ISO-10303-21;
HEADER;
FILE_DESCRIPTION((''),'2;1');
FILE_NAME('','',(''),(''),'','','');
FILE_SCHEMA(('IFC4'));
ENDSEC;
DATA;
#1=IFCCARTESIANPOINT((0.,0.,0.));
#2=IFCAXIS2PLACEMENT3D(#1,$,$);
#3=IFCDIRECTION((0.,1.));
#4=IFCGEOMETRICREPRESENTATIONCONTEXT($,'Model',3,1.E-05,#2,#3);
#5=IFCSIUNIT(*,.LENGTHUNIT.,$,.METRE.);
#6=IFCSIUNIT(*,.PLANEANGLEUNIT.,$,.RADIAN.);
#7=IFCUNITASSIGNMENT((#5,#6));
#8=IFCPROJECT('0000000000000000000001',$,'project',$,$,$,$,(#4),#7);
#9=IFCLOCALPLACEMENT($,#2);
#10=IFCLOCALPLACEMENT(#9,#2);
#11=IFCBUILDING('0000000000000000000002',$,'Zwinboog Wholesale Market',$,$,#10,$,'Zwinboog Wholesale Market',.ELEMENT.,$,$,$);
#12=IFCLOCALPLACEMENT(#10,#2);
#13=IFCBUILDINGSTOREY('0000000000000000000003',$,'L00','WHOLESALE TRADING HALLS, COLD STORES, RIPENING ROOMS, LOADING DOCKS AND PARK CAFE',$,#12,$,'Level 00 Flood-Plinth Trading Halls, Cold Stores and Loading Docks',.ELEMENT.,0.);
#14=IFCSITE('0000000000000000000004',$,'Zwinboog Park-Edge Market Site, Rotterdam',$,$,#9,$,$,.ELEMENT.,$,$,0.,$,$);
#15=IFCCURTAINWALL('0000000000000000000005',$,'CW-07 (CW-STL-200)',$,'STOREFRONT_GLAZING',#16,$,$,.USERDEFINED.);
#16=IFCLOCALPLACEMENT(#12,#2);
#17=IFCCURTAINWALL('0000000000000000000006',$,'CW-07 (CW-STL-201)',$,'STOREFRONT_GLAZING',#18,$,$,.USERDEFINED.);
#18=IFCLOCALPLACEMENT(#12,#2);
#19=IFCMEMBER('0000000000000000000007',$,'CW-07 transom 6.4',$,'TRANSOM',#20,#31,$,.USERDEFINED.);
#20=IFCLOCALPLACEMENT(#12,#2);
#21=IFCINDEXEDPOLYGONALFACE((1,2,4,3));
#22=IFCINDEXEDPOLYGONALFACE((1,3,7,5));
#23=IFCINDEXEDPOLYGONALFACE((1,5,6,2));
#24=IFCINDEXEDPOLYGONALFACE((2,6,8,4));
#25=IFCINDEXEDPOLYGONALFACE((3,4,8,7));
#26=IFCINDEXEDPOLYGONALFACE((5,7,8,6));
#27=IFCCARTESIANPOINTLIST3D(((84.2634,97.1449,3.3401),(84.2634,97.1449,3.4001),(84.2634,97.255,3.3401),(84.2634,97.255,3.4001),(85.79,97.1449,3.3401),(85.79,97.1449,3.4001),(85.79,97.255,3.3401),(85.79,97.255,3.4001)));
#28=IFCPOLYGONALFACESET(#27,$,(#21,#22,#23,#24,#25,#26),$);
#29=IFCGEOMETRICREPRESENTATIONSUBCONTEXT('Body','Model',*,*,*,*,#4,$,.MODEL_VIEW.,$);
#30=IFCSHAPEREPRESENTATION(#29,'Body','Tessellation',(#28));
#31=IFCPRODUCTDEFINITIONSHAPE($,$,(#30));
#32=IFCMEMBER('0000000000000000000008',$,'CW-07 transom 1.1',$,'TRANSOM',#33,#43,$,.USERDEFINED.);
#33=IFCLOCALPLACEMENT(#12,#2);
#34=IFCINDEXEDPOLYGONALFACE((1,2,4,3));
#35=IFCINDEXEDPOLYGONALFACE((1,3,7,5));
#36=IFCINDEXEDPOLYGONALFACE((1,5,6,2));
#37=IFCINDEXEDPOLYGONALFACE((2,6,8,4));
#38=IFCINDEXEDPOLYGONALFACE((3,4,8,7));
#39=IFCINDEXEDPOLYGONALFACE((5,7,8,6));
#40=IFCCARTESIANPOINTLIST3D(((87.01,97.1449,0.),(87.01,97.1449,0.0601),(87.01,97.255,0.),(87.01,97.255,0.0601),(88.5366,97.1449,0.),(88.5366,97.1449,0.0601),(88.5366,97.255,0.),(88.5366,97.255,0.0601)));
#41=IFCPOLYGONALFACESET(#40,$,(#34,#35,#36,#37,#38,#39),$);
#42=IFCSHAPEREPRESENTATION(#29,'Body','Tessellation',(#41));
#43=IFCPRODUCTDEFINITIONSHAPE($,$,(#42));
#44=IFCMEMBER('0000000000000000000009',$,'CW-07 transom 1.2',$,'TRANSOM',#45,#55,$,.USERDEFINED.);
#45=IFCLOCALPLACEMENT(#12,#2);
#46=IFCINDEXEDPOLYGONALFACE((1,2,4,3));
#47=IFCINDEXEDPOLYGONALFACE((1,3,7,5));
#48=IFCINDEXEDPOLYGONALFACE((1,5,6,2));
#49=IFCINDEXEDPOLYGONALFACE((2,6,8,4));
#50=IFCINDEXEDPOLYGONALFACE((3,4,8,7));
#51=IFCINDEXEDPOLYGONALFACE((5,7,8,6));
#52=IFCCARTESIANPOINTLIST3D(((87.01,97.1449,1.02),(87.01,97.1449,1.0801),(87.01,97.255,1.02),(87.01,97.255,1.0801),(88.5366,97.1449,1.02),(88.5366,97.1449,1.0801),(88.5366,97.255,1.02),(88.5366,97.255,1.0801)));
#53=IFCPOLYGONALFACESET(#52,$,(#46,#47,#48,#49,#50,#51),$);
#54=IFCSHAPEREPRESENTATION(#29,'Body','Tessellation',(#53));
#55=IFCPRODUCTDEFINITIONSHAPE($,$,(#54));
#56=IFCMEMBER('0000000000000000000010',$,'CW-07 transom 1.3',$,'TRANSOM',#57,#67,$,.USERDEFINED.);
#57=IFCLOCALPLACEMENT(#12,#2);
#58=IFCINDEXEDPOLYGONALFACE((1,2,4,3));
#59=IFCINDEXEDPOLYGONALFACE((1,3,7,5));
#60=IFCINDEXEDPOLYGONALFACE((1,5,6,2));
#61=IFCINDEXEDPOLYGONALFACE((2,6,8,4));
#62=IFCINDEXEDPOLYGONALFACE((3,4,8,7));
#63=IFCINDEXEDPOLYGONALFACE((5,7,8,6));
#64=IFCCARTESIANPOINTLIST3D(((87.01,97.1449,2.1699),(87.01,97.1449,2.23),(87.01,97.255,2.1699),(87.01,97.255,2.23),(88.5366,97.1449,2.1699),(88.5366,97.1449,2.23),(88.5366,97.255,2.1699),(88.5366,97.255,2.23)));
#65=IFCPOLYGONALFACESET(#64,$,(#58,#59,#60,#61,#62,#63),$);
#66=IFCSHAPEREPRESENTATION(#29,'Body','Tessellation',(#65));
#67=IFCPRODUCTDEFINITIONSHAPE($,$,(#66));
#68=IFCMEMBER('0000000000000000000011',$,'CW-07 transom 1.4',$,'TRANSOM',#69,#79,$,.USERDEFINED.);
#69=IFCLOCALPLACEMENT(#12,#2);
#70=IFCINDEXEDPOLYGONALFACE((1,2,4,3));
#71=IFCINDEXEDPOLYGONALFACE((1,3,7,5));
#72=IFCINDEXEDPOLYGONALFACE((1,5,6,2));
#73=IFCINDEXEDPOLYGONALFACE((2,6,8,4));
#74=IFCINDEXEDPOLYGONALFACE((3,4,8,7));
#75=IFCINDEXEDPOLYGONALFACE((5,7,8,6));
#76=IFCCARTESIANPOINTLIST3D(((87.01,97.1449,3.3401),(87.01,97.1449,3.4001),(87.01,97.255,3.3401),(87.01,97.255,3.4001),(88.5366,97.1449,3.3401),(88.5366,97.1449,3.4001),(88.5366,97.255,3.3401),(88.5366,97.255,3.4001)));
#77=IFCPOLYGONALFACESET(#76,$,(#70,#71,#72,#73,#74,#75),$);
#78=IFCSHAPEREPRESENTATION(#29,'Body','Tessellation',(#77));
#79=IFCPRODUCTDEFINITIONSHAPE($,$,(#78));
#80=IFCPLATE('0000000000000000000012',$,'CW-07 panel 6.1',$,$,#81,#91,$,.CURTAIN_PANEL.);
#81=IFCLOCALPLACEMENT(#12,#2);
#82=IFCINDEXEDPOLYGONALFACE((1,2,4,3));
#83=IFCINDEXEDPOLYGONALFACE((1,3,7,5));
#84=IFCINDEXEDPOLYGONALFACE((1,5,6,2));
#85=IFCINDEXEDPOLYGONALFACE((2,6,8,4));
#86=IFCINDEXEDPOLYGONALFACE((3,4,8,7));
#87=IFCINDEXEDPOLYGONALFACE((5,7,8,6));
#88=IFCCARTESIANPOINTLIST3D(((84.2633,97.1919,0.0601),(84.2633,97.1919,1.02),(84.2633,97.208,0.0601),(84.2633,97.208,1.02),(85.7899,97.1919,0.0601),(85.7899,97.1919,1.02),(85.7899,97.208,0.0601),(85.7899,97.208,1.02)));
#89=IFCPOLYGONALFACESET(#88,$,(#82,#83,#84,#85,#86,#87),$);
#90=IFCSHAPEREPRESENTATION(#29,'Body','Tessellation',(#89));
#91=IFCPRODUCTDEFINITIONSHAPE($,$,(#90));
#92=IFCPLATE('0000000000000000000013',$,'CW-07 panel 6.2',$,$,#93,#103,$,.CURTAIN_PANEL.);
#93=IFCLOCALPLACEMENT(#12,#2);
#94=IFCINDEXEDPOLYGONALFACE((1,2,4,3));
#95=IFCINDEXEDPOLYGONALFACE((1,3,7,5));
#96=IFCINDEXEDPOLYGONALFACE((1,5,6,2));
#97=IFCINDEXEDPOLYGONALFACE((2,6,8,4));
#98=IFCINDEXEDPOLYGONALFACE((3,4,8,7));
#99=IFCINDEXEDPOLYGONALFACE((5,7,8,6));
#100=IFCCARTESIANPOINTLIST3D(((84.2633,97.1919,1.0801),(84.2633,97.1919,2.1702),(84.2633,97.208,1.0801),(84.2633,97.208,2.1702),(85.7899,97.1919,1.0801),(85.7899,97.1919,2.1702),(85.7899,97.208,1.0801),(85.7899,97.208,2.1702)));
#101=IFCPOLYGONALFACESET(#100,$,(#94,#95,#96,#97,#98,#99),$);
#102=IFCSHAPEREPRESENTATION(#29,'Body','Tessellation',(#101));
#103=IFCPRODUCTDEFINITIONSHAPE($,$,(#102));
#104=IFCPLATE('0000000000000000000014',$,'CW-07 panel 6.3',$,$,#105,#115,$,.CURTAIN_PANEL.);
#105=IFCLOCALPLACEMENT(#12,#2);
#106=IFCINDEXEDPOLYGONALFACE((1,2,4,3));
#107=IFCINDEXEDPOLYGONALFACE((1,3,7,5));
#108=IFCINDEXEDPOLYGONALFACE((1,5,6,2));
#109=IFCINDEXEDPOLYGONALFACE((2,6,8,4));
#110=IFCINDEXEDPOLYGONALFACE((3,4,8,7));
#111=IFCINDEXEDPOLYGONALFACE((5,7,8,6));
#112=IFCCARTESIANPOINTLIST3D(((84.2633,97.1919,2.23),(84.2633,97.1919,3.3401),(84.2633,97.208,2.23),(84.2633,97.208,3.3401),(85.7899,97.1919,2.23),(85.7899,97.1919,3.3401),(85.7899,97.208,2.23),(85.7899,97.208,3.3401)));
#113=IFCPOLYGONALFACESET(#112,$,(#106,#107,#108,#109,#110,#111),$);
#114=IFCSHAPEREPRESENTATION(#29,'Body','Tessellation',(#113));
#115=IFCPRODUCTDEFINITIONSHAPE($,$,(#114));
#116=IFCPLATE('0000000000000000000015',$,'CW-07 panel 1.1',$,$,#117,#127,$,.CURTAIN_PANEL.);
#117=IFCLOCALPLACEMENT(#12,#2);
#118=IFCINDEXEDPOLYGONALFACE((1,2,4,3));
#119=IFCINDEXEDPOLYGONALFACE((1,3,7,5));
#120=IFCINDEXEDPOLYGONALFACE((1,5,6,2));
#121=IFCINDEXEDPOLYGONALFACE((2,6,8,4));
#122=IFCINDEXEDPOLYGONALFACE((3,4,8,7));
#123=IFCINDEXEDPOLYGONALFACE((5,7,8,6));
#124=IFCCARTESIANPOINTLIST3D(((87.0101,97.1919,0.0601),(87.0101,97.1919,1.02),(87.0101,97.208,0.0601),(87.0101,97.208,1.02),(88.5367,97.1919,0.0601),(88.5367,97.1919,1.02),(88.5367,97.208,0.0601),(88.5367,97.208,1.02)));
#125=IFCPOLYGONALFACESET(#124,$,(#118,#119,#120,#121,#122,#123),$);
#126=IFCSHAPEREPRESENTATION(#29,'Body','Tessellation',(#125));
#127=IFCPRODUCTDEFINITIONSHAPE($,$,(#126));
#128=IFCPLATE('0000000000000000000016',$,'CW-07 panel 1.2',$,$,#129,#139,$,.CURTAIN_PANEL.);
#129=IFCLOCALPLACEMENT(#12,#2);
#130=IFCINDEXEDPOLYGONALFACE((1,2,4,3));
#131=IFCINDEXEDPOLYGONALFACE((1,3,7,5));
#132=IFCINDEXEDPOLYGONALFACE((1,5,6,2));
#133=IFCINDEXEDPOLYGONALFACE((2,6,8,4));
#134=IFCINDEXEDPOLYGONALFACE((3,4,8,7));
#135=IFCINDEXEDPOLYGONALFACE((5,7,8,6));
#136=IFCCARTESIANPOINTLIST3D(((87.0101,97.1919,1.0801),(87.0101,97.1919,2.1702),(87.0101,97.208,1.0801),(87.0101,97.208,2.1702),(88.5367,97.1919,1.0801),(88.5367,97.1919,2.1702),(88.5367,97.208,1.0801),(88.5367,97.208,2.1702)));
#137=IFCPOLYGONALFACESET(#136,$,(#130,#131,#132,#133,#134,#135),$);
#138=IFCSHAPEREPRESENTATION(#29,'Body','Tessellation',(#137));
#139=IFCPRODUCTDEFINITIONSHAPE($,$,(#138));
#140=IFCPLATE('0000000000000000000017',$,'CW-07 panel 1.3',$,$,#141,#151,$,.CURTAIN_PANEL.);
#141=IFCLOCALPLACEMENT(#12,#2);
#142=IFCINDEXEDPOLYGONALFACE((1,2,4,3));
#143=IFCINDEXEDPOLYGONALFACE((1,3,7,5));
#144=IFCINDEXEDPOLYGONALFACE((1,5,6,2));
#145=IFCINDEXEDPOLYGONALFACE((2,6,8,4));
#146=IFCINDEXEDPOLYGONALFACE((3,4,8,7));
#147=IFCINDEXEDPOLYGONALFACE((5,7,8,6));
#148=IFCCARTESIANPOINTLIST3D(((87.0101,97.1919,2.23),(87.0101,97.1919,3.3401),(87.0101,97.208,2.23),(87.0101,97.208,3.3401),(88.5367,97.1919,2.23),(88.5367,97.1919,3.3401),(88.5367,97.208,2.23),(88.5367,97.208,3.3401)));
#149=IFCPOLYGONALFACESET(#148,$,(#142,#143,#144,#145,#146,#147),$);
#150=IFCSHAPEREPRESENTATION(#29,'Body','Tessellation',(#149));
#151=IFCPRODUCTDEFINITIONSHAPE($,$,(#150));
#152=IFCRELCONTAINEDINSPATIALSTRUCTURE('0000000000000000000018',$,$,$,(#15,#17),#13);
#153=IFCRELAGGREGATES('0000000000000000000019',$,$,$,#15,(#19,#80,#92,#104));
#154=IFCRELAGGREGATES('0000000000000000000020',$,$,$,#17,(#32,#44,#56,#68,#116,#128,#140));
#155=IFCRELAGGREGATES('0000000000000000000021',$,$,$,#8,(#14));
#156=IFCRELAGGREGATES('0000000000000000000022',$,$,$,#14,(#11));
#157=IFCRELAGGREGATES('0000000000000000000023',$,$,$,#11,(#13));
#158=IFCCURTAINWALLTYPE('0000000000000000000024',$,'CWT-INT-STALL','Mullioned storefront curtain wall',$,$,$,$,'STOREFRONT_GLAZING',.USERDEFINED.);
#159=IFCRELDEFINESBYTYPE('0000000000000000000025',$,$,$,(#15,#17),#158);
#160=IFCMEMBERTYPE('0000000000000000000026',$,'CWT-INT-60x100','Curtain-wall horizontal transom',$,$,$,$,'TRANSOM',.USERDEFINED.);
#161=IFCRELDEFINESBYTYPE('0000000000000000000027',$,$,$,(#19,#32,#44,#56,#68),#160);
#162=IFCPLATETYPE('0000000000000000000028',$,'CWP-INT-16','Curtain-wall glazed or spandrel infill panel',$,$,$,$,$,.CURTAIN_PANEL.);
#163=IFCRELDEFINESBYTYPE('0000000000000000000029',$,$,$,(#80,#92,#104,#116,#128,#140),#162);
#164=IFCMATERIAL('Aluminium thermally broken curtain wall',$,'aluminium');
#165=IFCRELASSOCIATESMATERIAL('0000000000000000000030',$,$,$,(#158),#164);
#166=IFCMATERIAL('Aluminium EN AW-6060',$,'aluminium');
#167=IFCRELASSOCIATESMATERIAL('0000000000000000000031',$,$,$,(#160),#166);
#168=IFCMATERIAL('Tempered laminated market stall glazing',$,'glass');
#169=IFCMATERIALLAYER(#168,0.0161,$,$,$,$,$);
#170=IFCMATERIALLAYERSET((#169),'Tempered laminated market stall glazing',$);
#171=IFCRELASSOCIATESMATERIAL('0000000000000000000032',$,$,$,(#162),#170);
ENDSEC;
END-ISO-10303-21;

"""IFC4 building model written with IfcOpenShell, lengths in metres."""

from ifc_helpers import new_model, si_unit, direction, frame, origin, origin_2d, place, context, subcontext, project, spatial, rectangle, extrude, material, layer, layer_set, material_profile, profile_set, type_object, element, aggregate, save


model = new_model("IFC4")

# Units and contexts
model_context = context("Model", 3, precision=1e-05, world=origin(), true_north=direction((0.0, 1.0)))
body_context = subcontext(model_context, "Body", "Model", "MODEL_VIEW")
ifc_project = project(units=[si_unit("LENGTHUNIT", "METRE"), si_unit("PLANEANGLEUNIT", "RADIAN")], contexts=[model_context])

# Site, building, storey
site_placement = place(None, origin())
site = spatial("IfcSite", under=ifc_project, at=site_placement, Name="Zwinboog Park-Edge Market Site, Rotterdam", CompositionType="ELEMENT", RefElevation=0.0)
building_placement = place(site_placement, origin())
building = spatial("IfcBuilding", under=site, at=building_placement, Name="Zwinboog Wholesale Market", LongName="Zwinboog Wholesale Market", CompositionType="ELEMENT")
storey_placement = place(building_placement, origin())
storey = spatial("IfcBuildingStorey", under=building, at=storey_placement, Name="L00", Description="WHOLESALE TRADING HALLS, COLD STORES, RIPENING ROOMS, LOADING DOCKS AND PARK CAFE", LongName="Level 00 Flood-Plinth Trading Halls, Cold Stores and Loading Docks", CompositionType="ELEMENT", Elevation=0.0)

# Curtain walls
ifc_material_1 = material(Name="Aluminium thermally broken curtain wall", Category="aluminium")
curtain_wall_type = type_object("IfcCurtainWallType", Name="CWT-INT-STALL", Description="Mullioned storefront curtain wall", ElementType="STOREFRONT_GLAZING", PredefinedType="USERDEFINED", material=ifc_material_1)
curtain_wall_1_placement = place(storey_placement, origin())
curtain_wall_1 = element("IfcCurtainWall", 1, at=curtain_wall_1_placement, inside=storey, type_object=curtain_wall_type, Name="CW-07 (CW-STL-200)", ObjectType="STOREFRONT_GLAZING", PredefinedType="USERDEFINED")
ifc_material_2 = material(Name="Aluminium EN AW-6060", Category="aluminium")
curtain_wall_2_placement = place(storey_placement, origin())
curtain_wall_2 = element("IfcCurtainWall", 2, at=curtain_wall_2_placement, inside=storey, type_object=curtain_wall_type, Name="CW-07 (CW-STL-201)", ObjectType="STOREFRONT_GLAZING", PredefinedType="USERDEFINED")

# Members
ifc_material_profile_1 = material_profile(ifc_material_2, rectangle(XDim=0.1101, YDim=0.0601, at=origin_2d()), Name="AL 60x110")
ifc_profile_set_1 = profile_set([ifc_material_profile_1], Name="Aluminium EN AW-6060")
member_type_1 = type_object("IfcMemberType", Name="CWT-INT-60x100", Description="Curtain-wall horizontal transom", ElementType="TRANSOM", PredefinedType="USERDEFINED", material=ifc_profile_set_1)
member_1_placement = place(storey_placement, frame((84.2634, 97.2, 3.3701), z_axis=(1.0, 0.0, 0.0), x_axis=(0.0, 1.0, 0.0)))
member_1 = element("IfcMember", 3, at=member_1_placement, type_object=member_type_1, Name="CW-07 transom 6.4", ObjectType="TRANSOM", PredefinedType="USERDEFINED", context=body_context, shape_type="SweptSolid", body=[
    extrude(rectangle(XDim=0.1101, YDim=0.0601, at=origin_2d()), origin(), (0.0, 0.0, 1.0), 1.5266),
])
member_2_placement = place(storey_placement, frame((87.01, 97.2, 0.03), z_axis=(1.0, 0.0, 0.0), x_axis=(0.0, 1.0, 0.0)))
member_2 = element("IfcMember", 4, at=member_2_placement, type_object=member_type_1, Name="CW-07 transom 1.1", ObjectType="TRANSOM", PredefinedType="USERDEFINED", context=body_context, shape_type="SweptSolid", body=[
    extrude(rectangle(XDim=0.1101, YDim=0.0601, at=origin_2d()), origin(), (0.0, 0.0, 1.0), 1.5266),
])
member_3_placement = place(storey_placement, frame((87.01, 97.2, 1.05), z_axis=(1.0, 0.0, 0.0), x_axis=(0.0, 1.0, 0.0)))
member_3 = element("IfcMember", 5, at=member_3_placement, type_object=member_type_1, Name="CW-07 transom 1.2", ObjectType="TRANSOM", PredefinedType="USERDEFINED", context=body_context, shape_type="SweptSolid", body=[
    extrude(rectangle(XDim=0.1101, YDim=0.0601, at=origin_2d()), origin(), (0.0, 0.0, 1.0), 1.5266),
])
member_4_placement = place(storey_placement, frame((87.01, 97.2, 2.2), z_axis=(1.0, 0.0, 0.0), x_axis=(0.0, 1.0, 0.0)))
member_4 = element("IfcMember", 6, at=member_4_placement, type_object=member_type_1, Name="CW-07 transom 1.3", ObjectType="TRANSOM", PredefinedType="USERDEFINED", context=body_context, shape_type="SweptSolid", body=[
    extrude(rectangle(XDim=0.1101, YDim=0.0601, at=origin_2d()), origin(), (0.0, 0.0, 1.0), 1.5266),
])
member_5_placement = place(storey_placement, frame((87.01, 97.2, 3.3701), z_axis=(1.0, 0.0, 0.0), x_axis=(0.0, 1.0, 0.0)))
member_5 = element("IfcMember", 7, at=member_5_placement, type_object=member_type_1, Name="CW-07 transom 1.4", ObjectType="TRANSOM", PredefinedType="USERDEFINED", context=body_context, shape_type="SweptSolid", body=[
    extrude(rectangle(XDim=0.1101, YDim=0.0601, at=origin_2d()), origin(), (0.0, 0.0, 1.0), 1.5266),
])

# Plates
ifc_material_3 = material(Name="Tempered laminated market stall glazing", Category="glass")
ifc_layer = layer(ifc_material_3, 0.0161)
ifc_layer_set = layer_set([ifc_layer], Name="Tempered laminated market stall glazing")
plate_type = type_object("IfcPlateType", Name="CWP-INT-16", Description="Curtain-wall glazed or spandrel infill panel", PredefinedType="CURTAIN_PANEL", material=ifc_layer_set)
plate_1_placement = place(storey_placement, frame((85.0266, 97.2, 0.0601), z_axis=(0.0, 0.0, 1.0), x_axis=(1.0, 0.0, 0.0)))
plate_1 = element("IfcPlate", 8, at=plate_1_placement, type_object=plate_type, Name="CW-07 panel 6.1", PredefinedType="CURTAIN_PANEL", context=body_context, shape_type="SweptSolid", body=[
    extrude(rectangle(XDim=1.5266, YDim=0.0161, at=origin_2d()), origin(), (0.0, 0.0, 1.0), 0.96),
])
plate_2_placement = place(storey_placement, frame((85.0266, 97.2, 1.0801), z_axis=(0.0, 0.0, 1.0), x_axis=(1.0, 0.0, 0.0)))
plate_2 = element("IfcPlate", 9, at=plate_2_placement, type_object=plate_type, Name="CW-07 panel 6.2", PredefinedType="CURTAIN_PANEL", context=body_context, shape_type="SweptSolid", body=[
    extrude(rectangle(XDim=1.5266, YDim=0.0161, at=origin_2d()), origin(), (0.0, 0.0, 1.0), 1.0901),
])
plate_3_placement = place(storey_placement, frame((85.0266, 97.2, 2.23), z_axis=(0.0, 0.0, 1.0), x_axis=(1.0, 0.0, 0.0)))
plate_3 = element("IfcPlate", 10, at=plate_3_placement, type_object=plate_type, Name="CW-07 panel 6.3", PredefinedType="CURTAIN_PANEL", context=body_context, shape_type="SweptSolid", body=[
    extrude(rectangle(XDim=1.5266, YDim=0.0161, at=origin_2d()), origin(), (0.0, 0.0, 1.0), 1.1101),
])
aggregate(curtain_wall_1, [member_1, plate_1, plate_2, plate_3])
plate_4_placement = place(storey_placement, frame((87.7734, 97.2, 0.0601), z_axis=(0.0, 0.0, 1.0), x_axis=(1.0, 0.0, 0.0)))
plate_4 = element("IfcPlate", 11, at=plate_4_placement, type_object=plate_type, Name="CW-07 panel 1.1", PredefinedType="CURTAIN_PANEL", context=body_context, shape_type="SweptSolid", body=[
    extrude(rectangle(XDim=1.5266, YDim=0.0161, at=origin_2d()), origin(), (0.0, 0.0, 1.0), 0.96),
])
plate_5_placement = place(storey_placement, frame((87.7734, 97.2, 1.0801), z_axis=(0.0, 0.0, 1.0), x_axis=(1.0, 0.0, 0.0)))
plate_5 = element("IfcPlate", 12, at=plate_5_placement, type_object=plate_type, Name="CW-07 panel 1.2", PredefinedType="CURTAIN_PANEL", context=body_context, shape_type="SweptSolid", body=[
    extrude(rectangle(XDim=1.5266, YDim=0.0161, at=origin_2d()), origin(), (0.0, 0.0, 1.0), 1.0901),
])
plate_6_placement = place(storey_placement, frame((87.7734, 97.2, 2.23), z_axis=(0.0, 0.0, 1.0), x_axis=(1.0, 0.0, 0.0)))
plate_6 = element("IfcPlate", 13, at=plate_6_placement, type_object=plate_type, Name="CW-07 panel 1.3", PredefinedType="CURTAIN_PANEL", context=body_context, shape_type="SweptSolid", body=[
    extrude(rectangle(XDim=1.5266, YDim=0.0161, at=origin_2d()), origin(), (0.0, 0.0, 1.0), 1.1101),
])
aggregate(curtain_wall_2, [member_2, member_3, member_4, member_5, plate_4, plate_5, plate_6])

save(model, "model.ifc")
